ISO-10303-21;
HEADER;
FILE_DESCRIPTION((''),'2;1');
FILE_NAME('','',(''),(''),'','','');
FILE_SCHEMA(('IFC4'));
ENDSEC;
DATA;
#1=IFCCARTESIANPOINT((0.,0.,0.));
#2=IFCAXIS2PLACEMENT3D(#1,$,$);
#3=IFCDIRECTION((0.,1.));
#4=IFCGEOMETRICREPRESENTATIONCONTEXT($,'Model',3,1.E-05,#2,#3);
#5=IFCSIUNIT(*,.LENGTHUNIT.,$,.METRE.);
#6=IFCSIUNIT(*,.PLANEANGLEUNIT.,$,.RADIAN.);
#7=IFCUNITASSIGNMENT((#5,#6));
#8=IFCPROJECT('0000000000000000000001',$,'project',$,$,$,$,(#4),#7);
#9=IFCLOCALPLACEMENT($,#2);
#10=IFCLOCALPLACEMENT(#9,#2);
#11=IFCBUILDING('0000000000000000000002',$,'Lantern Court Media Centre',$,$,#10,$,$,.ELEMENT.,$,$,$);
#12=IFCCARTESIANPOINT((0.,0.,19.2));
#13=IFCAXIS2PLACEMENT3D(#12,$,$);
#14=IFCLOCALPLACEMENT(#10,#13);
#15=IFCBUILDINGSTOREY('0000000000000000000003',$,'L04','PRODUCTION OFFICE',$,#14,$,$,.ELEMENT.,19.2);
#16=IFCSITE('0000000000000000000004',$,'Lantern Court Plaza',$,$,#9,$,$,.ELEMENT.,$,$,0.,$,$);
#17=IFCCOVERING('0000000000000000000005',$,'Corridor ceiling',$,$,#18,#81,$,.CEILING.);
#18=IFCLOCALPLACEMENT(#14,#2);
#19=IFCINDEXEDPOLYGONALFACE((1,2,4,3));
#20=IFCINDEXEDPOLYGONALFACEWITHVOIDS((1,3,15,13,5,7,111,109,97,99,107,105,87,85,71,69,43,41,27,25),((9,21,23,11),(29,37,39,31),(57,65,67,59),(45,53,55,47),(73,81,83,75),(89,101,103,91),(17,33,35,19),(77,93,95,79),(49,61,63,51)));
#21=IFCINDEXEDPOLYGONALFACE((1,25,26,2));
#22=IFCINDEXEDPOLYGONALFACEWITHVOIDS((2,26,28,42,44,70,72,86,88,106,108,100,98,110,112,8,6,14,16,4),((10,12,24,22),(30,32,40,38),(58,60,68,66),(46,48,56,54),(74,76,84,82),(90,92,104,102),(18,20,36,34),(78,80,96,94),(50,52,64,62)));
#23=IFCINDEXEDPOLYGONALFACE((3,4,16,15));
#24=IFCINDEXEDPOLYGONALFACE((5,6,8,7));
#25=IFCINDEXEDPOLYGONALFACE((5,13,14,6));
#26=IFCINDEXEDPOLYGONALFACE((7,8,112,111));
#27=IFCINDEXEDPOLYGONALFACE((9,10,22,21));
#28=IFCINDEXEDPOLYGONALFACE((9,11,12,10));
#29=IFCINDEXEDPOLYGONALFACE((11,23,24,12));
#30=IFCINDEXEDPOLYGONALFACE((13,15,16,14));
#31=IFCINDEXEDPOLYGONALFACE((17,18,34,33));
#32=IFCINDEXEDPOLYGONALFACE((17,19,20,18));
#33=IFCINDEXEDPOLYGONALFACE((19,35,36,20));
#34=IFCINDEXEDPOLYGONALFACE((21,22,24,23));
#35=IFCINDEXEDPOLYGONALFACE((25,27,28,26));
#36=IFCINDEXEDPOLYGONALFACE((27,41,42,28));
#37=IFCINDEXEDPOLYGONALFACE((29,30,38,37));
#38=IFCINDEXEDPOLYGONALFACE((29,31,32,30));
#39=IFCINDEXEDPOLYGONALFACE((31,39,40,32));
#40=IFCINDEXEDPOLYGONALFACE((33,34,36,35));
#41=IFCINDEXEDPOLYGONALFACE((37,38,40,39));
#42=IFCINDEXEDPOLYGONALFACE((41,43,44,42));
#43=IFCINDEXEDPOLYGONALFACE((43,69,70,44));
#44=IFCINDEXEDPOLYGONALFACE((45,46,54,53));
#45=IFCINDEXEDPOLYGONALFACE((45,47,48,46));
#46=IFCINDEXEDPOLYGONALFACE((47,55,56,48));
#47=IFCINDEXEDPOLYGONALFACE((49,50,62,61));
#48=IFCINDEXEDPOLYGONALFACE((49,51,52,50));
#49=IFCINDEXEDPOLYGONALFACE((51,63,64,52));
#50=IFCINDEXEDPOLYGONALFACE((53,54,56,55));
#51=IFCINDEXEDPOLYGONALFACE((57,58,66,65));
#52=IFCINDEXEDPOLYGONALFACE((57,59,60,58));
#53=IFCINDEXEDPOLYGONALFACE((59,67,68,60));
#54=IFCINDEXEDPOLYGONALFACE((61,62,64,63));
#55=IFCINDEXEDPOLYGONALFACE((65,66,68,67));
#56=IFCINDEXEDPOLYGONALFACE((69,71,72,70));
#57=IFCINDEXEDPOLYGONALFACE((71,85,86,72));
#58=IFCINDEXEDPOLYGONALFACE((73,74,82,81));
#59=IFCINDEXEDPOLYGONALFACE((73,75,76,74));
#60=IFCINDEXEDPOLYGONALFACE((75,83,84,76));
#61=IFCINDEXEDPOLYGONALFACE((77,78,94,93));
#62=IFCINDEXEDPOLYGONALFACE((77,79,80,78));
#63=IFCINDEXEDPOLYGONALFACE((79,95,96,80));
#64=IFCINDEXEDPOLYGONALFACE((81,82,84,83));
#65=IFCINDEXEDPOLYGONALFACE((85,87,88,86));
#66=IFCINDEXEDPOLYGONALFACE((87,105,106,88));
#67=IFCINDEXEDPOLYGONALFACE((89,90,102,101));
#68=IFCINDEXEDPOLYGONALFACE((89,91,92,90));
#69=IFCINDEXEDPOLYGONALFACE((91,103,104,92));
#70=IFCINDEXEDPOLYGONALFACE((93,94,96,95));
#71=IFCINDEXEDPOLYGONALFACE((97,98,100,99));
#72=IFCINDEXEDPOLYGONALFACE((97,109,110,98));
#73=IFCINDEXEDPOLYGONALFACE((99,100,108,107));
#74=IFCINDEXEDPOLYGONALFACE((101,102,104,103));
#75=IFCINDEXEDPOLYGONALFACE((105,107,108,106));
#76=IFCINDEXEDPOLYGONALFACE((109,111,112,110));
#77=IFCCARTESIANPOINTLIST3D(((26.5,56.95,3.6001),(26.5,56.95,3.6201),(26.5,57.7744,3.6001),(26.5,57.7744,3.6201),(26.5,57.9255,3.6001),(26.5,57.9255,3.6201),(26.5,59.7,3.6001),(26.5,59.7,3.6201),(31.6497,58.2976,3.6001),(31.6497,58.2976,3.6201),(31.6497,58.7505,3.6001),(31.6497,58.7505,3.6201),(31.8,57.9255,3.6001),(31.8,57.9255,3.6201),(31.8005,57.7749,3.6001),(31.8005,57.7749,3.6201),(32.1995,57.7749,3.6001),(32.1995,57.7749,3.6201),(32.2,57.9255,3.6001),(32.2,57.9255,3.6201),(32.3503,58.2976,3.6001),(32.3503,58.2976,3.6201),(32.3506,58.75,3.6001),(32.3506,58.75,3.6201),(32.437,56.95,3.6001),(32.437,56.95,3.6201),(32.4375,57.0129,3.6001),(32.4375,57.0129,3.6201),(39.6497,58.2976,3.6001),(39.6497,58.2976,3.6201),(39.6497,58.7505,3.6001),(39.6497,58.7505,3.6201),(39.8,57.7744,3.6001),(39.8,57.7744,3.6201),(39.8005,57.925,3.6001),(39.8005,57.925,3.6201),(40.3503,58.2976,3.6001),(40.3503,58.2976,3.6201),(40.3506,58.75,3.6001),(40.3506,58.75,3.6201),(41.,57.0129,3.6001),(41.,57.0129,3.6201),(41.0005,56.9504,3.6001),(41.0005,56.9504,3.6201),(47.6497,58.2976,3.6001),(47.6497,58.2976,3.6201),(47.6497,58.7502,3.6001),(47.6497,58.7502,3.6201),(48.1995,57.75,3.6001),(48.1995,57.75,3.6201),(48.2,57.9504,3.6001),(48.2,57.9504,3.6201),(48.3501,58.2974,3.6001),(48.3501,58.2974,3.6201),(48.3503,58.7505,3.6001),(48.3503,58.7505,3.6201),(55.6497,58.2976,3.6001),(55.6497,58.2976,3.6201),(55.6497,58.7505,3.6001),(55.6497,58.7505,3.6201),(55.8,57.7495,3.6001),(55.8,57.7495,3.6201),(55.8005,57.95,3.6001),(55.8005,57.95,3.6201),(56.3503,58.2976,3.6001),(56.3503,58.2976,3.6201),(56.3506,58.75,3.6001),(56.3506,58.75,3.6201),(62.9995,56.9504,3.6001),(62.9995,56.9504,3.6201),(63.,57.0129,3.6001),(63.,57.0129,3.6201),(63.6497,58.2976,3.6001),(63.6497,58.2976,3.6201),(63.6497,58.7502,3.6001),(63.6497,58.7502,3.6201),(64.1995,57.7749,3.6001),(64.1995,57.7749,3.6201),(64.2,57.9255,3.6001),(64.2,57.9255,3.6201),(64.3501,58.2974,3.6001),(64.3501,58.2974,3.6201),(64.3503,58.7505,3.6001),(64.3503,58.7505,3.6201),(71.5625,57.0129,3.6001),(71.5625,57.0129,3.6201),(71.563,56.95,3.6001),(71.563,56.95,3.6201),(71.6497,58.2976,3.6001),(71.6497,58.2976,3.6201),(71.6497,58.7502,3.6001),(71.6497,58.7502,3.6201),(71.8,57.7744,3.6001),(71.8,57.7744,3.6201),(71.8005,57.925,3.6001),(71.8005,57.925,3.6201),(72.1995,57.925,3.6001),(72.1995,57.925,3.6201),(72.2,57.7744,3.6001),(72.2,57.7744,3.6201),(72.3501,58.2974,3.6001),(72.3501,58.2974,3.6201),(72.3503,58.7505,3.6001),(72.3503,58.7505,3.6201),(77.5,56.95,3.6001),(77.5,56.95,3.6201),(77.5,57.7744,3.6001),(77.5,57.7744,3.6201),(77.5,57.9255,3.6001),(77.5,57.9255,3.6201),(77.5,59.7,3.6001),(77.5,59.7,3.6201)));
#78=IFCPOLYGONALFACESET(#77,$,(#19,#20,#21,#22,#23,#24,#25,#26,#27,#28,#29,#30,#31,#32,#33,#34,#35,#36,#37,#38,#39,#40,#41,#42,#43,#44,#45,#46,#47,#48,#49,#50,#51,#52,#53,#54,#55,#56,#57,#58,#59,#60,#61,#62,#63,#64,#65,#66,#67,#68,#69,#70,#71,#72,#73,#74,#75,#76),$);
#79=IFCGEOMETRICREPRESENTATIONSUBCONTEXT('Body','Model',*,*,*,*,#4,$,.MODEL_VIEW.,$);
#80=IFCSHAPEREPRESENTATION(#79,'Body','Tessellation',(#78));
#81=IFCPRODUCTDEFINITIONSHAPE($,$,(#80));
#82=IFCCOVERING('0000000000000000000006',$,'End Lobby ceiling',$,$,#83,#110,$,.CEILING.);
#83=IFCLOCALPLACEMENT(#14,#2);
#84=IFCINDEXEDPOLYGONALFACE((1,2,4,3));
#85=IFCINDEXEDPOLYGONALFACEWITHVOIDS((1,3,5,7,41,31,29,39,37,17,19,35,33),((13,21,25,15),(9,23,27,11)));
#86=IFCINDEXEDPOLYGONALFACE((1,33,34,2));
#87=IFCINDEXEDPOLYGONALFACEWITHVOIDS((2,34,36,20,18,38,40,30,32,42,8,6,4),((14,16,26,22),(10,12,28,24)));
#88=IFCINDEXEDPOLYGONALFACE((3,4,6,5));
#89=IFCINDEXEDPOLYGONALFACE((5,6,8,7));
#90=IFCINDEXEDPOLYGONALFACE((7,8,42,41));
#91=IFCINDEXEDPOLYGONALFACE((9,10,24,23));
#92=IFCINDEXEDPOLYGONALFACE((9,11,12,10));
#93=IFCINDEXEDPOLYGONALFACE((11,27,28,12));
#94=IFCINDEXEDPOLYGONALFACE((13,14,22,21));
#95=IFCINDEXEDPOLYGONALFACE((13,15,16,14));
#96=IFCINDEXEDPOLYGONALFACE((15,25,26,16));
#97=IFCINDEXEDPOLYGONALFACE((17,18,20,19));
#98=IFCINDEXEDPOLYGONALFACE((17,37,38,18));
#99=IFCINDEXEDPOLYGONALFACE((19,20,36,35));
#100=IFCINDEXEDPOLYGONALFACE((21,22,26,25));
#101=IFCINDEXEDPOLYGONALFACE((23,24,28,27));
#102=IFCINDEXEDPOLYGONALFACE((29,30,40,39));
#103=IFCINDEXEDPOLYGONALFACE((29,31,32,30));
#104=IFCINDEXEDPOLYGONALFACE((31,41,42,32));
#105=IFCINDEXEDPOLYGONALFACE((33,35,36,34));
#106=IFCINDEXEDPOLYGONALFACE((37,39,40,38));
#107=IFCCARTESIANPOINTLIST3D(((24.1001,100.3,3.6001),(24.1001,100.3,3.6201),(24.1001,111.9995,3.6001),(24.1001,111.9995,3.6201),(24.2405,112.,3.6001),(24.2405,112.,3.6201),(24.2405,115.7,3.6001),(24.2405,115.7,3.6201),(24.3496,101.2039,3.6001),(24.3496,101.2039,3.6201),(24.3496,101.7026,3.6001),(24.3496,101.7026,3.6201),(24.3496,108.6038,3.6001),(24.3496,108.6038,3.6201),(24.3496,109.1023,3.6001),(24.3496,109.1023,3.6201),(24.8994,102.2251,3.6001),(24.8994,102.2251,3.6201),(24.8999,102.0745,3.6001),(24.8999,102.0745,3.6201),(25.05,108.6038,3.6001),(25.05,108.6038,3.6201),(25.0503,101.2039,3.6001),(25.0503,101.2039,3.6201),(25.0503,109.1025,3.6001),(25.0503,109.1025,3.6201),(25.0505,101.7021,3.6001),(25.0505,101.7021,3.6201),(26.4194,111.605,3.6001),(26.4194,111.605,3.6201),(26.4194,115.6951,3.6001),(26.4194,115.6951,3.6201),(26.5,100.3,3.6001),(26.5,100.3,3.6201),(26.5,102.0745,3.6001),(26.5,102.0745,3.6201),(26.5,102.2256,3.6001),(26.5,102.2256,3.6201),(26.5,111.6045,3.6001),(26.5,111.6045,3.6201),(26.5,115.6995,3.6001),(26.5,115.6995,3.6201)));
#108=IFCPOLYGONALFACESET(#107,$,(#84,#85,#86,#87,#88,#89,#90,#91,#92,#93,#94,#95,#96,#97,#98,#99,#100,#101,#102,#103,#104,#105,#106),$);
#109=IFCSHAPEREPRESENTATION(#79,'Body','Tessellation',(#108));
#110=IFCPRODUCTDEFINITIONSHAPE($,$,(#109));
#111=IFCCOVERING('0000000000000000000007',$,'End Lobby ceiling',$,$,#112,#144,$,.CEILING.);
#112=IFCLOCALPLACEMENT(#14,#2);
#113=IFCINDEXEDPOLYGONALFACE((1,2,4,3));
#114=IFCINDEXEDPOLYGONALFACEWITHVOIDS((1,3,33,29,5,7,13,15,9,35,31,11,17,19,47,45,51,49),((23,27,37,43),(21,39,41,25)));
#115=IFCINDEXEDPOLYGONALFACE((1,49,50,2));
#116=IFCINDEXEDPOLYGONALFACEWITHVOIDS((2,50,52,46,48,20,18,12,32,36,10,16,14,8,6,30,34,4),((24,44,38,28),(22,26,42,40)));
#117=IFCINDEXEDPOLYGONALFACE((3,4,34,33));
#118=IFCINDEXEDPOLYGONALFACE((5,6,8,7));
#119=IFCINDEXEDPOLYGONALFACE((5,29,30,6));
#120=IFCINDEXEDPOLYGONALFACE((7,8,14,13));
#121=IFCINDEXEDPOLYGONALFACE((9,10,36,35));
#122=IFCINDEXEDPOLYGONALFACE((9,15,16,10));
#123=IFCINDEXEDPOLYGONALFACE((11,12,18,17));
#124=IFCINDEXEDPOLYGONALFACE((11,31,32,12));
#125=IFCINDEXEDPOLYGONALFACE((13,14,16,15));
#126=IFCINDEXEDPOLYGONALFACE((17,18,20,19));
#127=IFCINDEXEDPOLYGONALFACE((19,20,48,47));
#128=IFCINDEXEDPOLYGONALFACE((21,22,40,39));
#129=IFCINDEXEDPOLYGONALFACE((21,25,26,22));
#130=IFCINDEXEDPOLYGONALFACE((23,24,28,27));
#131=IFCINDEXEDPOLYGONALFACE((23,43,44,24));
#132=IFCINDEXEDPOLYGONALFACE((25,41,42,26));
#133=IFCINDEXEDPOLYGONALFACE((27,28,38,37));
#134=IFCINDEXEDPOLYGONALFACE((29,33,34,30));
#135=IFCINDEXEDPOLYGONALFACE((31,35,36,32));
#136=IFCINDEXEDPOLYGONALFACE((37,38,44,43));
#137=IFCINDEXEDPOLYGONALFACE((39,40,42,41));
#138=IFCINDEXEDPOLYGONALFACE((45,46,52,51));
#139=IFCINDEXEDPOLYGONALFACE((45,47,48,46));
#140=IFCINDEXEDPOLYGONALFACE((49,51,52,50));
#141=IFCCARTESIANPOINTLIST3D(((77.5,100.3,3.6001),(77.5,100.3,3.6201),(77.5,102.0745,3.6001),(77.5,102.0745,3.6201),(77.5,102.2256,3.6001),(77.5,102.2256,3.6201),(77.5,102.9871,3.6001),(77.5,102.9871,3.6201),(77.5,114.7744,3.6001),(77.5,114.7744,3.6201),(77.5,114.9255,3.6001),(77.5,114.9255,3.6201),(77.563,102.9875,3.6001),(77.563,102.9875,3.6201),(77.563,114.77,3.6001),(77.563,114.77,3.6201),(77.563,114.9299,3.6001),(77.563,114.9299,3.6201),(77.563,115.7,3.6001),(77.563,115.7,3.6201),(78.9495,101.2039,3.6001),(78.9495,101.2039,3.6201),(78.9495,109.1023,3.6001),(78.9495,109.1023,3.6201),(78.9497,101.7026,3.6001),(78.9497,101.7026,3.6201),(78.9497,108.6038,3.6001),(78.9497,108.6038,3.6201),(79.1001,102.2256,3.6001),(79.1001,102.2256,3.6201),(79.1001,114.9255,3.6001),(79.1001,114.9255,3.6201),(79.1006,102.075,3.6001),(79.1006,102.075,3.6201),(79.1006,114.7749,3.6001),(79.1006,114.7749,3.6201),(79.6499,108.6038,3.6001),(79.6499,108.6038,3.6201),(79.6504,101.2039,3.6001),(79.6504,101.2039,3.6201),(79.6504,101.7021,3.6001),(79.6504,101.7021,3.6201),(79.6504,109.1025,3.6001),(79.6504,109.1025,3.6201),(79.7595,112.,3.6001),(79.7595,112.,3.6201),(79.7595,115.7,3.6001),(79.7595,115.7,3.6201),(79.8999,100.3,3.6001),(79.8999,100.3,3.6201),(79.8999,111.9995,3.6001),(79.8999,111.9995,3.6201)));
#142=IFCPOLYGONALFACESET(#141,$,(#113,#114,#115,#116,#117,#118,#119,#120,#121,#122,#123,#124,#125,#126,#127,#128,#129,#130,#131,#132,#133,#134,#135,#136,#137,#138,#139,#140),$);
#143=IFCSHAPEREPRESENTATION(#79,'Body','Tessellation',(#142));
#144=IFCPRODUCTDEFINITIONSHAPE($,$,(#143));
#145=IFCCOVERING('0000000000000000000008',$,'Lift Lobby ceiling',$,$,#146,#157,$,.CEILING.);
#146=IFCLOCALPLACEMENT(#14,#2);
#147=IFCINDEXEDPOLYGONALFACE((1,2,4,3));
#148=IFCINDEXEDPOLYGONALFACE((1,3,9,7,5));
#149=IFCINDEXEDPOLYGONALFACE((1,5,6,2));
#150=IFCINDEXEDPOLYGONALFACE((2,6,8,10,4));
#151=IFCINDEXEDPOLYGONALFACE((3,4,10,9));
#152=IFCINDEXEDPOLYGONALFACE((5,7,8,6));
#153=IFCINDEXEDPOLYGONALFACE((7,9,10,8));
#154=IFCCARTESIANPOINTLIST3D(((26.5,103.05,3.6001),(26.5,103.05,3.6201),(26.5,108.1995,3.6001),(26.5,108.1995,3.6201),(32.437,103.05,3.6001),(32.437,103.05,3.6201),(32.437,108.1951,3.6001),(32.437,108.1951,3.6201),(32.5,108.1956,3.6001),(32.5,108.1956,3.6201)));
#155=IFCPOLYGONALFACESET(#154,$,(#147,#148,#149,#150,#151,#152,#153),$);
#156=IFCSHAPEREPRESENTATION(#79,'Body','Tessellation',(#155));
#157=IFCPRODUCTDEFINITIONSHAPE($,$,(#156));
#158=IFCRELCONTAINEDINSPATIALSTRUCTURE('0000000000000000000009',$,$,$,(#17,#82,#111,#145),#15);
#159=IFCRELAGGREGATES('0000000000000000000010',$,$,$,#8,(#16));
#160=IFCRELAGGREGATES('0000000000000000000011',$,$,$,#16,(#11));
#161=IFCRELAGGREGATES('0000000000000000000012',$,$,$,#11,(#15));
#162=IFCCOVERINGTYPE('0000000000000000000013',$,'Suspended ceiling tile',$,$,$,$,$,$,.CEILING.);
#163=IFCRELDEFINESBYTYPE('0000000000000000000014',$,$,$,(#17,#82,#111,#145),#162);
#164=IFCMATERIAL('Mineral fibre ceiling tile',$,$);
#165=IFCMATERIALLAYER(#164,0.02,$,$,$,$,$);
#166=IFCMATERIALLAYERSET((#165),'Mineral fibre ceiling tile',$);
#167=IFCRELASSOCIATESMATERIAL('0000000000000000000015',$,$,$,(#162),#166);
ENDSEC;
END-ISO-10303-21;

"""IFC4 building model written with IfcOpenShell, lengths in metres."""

from ifc_helpers import new_model, si_unit, direction, frame, origin, place, context, subcontext, project, spatial, polyline, outline, extrude, material, layer, layer_set, type_object, element, save


model = new_model("IFC4")

# Units and contexts
model_context = context("Model", 3, precision=1e-05, world=origin(), true_north=direction((0.0, 1.0)))
body_context = subcontext(model_context, "Body", "Model", "MODEL_VIEW")
ifc_project = project(units=[si_unit("LENGTHUNIT", "METRE"), si_unit("PLANEANGLEUNIT", "RADIAN")], contexts=[model_context])

# Site, building, storey
site_placement = place(None, origin())
site = spatial("IfcSite", under=ifc_project, at=site_placement, Name="Lantern Court Plaza", CompositionType="ELEMENT", RefElevation=0.0)
building_placement = place(site_placement, origin())
building = spatial("IfcBuilding", under=site, at=building_placement, Name="Lantern Court Media Centre", CompositionType="ELEMENT")
storey_placement = place(building_placement, frame((0.0, 0.0, 19.2)))
storey = spatial("IfcBuildingStorey", under=building, at=storey_placement, Name="L04", Description="PRODUCTION OFFICE", CompositionType="ELEMENT", Elevation=19.2)

# Coverings
ifc_material_1 = material(Name="Mineral fibre ceiling tile")
ifc_layer_1 = layer(ifc_material_1, 0.02)
ifc_layer_set_1 = layer_set([ifc_layer_1], Name="Mineral fibre ceiling tile")
covering_type_1 = type_object("IfcCoveringType", Name="Suspended ceiling tile", PredefinedType="CEILING", material=ifc_layer_set_1)
covering_1_placement = place(storey_placement, frame((0.0, 0.0, 3.6001)))
element("IfcCovering", 1, at=covering_1_placement, inside=storey, type_object=covering_type_1, Name="Corridor ceiling", PredefinedType="CEILING", context=body_context, shape_type="SweptSolid", body=[
    extrude(outline(polyline([(77.5, 56.95), (71.563, 56.95), (71.5625, 57.0129), (63.0, 57.0129), (62.9995, 56.9504), (41.0005, 56.9504), (41.0, 57.0129), (32.4375, 57.0129), (32.437, 56.95), (26.5, 56.95), (26.5, 57.7744), (31.8005, 57.7749), (31.8, 57.9255), (26.5, 57.9255), (26.5, 59.7), (77.5, 59.7), (77.5, 57.9255), (72.1995, 57.925), (72.2, 57.7744), (77.5, 57.7744), (77.5, 56.95)]), holes=[polyline([(72.3501, 58.2974), (72.3503, 58.7505), (71.6497, 58.7502), (71.6497, 58.2976), (72.3501, 58.2974)]), polyline([(64.1995, 57.7749), (71.8, 57.7744), (71.8005, 57.925), (64.2, 57.9255), (64.1995, 57.7749)]), polyline([(64.3501, 58.2974), (64.3503, 58.7505), (63.6497, 58.7502), (63.6497, 58.2976), (64.3501, 58.2974)]), polyline([(56.3506, 58.75), (55.6497, 58.7505), (55.6497, 58.2976), (56.3503, 58.2976), (56.3506, 58.75)]), polyline([(48.1995, 57.75), (55.8, 57.7495), (55.8005, 57.95), (48.2, 57.9504), (48.1995, 57.75)]), polyline([(48.3501, 58.2974), (48.3503, 58.7505), (47.6497, 58.7502), (47.6497, 58.2976), (48.3501, 58.2974)]), polyline([(40.3506, 58.75), (39.6497, 58.7505), (39.6497, 58.2976), (40.3503, 58.2976), (40.3506, 58.75)]), polyline([(32.1995, 57.7749), (39.8, 57.7744), (39.8005, 57.925), (32.2, 57.9255), (32.1995, 57.7749)]), polyline([(32.3506, 58.75), (31.6497, 58.7505), (31.6497, 58.2976), (32.3503, 58.2976), (32.3506, 58.75)])]), origin(), (0.0, 0.0, 1.0), 0.02),
])
covering_2_placement = place(storey_placement, frame((0.0, 0.0, 3.6001)))
element("IfcCovering", 2, at=covering_2_placement, inside=storey, type_object=covering_type_1, Name="End Lobby ceiling", PredefinedType="CEILING", context=body_context, shape_type="SweptSolid", body=[
    extrude(outline(polyline([(26.5, 100.3), (24.1001, 100.3), (24.1001, 111.9995), (24.2405, 112.0), (24.2405, 115.7), (26.5, 115.6995), (26.4194, 115.6951), (26.4194, 111.605), (26.5, 111.6045), (26.5, 102.2256), (24.8994, 102.2251), (24.8999, 102.0745), (26.5, 102.0745), (26.5, 100.3)]), holes=[polyline([(25.05, 108.6038), (25.0503, 109.1025), (24.3496, 109.1023), (24.3496, 108.6038), (25.05, 108.6038)]), polyline([(25.0505, 101.7021), (24.3496, 101.7026), (24.3496, 101.2039), (25.0503, 101.2039), (25.0505, 101.7021)])]), origin(), (0.0, 0.0, 1.0), 0.02),
])
covering_3_placement = place(storey_placement, frame((0.0, 0.0, 3.6001)))
element("IfcCovering", 3, at=covering_3_placement, inside=storey, type_object=covering_type_1, Name="End Lobby ceiling", PredefinedType="CEILING", context=body_context, shape_type="SweptSolid", body=[
    extrude(outline(polyline([(79.8999, 100.3), (77.5, 100.3), (77.5, 102.0745), (79.1006, 102.075), (79.1001, 102.2256), (77.5, 102.2256), (77.5, 102.9871), (77.563, 102.9875), (77.563, 114.77), (77.5, 114.7744), (79.1006, 114.7749), (79.1001, 114.9255), (77.5, 114.9255), (77.563, 114.9299), (77.563, 115.7), (79.7595, 115.7), (79.7595, 112.0), (79.8999, 111.9995), (79.8999, 100.3)]), holes=[polyline([(79.6499, 108.6038), (79.6504, 109.1025), (78.9495, 109.1023), (78.9497, 108.6038), (79.6499, 108.6038)]), polyline([(79.6504, 101.7021), (78.9497, 101.7026), (78.9495, 101.2039), (79.6504, 101.2039), (79.6504, 101.7021)])]), origin(), (0.0, 0.0, 1.0), 0.02),
])
covering_4_placement = place(storey_placement, frame((0.0, 0.0, 3.6001)))
element("IfcCovering", 4, at=covering_4_placement, inside=storey, type_object=covering_type_1, Name="Lift Lobby ceiling", PredefinedType="CEILING", context=body_context, shape_type="SweptSolid", body=[
    extrude(outline(polyline([(32.5, 108.1956), (32.437, 108.1951), (32.437, 103.05), (26.5, 103.05), (26.5, 108.1995), (32.5, 108.1956)])), origin(), (0.0, 0.0, 1.0), 0.02),
])

save(model, "model.ifc")
